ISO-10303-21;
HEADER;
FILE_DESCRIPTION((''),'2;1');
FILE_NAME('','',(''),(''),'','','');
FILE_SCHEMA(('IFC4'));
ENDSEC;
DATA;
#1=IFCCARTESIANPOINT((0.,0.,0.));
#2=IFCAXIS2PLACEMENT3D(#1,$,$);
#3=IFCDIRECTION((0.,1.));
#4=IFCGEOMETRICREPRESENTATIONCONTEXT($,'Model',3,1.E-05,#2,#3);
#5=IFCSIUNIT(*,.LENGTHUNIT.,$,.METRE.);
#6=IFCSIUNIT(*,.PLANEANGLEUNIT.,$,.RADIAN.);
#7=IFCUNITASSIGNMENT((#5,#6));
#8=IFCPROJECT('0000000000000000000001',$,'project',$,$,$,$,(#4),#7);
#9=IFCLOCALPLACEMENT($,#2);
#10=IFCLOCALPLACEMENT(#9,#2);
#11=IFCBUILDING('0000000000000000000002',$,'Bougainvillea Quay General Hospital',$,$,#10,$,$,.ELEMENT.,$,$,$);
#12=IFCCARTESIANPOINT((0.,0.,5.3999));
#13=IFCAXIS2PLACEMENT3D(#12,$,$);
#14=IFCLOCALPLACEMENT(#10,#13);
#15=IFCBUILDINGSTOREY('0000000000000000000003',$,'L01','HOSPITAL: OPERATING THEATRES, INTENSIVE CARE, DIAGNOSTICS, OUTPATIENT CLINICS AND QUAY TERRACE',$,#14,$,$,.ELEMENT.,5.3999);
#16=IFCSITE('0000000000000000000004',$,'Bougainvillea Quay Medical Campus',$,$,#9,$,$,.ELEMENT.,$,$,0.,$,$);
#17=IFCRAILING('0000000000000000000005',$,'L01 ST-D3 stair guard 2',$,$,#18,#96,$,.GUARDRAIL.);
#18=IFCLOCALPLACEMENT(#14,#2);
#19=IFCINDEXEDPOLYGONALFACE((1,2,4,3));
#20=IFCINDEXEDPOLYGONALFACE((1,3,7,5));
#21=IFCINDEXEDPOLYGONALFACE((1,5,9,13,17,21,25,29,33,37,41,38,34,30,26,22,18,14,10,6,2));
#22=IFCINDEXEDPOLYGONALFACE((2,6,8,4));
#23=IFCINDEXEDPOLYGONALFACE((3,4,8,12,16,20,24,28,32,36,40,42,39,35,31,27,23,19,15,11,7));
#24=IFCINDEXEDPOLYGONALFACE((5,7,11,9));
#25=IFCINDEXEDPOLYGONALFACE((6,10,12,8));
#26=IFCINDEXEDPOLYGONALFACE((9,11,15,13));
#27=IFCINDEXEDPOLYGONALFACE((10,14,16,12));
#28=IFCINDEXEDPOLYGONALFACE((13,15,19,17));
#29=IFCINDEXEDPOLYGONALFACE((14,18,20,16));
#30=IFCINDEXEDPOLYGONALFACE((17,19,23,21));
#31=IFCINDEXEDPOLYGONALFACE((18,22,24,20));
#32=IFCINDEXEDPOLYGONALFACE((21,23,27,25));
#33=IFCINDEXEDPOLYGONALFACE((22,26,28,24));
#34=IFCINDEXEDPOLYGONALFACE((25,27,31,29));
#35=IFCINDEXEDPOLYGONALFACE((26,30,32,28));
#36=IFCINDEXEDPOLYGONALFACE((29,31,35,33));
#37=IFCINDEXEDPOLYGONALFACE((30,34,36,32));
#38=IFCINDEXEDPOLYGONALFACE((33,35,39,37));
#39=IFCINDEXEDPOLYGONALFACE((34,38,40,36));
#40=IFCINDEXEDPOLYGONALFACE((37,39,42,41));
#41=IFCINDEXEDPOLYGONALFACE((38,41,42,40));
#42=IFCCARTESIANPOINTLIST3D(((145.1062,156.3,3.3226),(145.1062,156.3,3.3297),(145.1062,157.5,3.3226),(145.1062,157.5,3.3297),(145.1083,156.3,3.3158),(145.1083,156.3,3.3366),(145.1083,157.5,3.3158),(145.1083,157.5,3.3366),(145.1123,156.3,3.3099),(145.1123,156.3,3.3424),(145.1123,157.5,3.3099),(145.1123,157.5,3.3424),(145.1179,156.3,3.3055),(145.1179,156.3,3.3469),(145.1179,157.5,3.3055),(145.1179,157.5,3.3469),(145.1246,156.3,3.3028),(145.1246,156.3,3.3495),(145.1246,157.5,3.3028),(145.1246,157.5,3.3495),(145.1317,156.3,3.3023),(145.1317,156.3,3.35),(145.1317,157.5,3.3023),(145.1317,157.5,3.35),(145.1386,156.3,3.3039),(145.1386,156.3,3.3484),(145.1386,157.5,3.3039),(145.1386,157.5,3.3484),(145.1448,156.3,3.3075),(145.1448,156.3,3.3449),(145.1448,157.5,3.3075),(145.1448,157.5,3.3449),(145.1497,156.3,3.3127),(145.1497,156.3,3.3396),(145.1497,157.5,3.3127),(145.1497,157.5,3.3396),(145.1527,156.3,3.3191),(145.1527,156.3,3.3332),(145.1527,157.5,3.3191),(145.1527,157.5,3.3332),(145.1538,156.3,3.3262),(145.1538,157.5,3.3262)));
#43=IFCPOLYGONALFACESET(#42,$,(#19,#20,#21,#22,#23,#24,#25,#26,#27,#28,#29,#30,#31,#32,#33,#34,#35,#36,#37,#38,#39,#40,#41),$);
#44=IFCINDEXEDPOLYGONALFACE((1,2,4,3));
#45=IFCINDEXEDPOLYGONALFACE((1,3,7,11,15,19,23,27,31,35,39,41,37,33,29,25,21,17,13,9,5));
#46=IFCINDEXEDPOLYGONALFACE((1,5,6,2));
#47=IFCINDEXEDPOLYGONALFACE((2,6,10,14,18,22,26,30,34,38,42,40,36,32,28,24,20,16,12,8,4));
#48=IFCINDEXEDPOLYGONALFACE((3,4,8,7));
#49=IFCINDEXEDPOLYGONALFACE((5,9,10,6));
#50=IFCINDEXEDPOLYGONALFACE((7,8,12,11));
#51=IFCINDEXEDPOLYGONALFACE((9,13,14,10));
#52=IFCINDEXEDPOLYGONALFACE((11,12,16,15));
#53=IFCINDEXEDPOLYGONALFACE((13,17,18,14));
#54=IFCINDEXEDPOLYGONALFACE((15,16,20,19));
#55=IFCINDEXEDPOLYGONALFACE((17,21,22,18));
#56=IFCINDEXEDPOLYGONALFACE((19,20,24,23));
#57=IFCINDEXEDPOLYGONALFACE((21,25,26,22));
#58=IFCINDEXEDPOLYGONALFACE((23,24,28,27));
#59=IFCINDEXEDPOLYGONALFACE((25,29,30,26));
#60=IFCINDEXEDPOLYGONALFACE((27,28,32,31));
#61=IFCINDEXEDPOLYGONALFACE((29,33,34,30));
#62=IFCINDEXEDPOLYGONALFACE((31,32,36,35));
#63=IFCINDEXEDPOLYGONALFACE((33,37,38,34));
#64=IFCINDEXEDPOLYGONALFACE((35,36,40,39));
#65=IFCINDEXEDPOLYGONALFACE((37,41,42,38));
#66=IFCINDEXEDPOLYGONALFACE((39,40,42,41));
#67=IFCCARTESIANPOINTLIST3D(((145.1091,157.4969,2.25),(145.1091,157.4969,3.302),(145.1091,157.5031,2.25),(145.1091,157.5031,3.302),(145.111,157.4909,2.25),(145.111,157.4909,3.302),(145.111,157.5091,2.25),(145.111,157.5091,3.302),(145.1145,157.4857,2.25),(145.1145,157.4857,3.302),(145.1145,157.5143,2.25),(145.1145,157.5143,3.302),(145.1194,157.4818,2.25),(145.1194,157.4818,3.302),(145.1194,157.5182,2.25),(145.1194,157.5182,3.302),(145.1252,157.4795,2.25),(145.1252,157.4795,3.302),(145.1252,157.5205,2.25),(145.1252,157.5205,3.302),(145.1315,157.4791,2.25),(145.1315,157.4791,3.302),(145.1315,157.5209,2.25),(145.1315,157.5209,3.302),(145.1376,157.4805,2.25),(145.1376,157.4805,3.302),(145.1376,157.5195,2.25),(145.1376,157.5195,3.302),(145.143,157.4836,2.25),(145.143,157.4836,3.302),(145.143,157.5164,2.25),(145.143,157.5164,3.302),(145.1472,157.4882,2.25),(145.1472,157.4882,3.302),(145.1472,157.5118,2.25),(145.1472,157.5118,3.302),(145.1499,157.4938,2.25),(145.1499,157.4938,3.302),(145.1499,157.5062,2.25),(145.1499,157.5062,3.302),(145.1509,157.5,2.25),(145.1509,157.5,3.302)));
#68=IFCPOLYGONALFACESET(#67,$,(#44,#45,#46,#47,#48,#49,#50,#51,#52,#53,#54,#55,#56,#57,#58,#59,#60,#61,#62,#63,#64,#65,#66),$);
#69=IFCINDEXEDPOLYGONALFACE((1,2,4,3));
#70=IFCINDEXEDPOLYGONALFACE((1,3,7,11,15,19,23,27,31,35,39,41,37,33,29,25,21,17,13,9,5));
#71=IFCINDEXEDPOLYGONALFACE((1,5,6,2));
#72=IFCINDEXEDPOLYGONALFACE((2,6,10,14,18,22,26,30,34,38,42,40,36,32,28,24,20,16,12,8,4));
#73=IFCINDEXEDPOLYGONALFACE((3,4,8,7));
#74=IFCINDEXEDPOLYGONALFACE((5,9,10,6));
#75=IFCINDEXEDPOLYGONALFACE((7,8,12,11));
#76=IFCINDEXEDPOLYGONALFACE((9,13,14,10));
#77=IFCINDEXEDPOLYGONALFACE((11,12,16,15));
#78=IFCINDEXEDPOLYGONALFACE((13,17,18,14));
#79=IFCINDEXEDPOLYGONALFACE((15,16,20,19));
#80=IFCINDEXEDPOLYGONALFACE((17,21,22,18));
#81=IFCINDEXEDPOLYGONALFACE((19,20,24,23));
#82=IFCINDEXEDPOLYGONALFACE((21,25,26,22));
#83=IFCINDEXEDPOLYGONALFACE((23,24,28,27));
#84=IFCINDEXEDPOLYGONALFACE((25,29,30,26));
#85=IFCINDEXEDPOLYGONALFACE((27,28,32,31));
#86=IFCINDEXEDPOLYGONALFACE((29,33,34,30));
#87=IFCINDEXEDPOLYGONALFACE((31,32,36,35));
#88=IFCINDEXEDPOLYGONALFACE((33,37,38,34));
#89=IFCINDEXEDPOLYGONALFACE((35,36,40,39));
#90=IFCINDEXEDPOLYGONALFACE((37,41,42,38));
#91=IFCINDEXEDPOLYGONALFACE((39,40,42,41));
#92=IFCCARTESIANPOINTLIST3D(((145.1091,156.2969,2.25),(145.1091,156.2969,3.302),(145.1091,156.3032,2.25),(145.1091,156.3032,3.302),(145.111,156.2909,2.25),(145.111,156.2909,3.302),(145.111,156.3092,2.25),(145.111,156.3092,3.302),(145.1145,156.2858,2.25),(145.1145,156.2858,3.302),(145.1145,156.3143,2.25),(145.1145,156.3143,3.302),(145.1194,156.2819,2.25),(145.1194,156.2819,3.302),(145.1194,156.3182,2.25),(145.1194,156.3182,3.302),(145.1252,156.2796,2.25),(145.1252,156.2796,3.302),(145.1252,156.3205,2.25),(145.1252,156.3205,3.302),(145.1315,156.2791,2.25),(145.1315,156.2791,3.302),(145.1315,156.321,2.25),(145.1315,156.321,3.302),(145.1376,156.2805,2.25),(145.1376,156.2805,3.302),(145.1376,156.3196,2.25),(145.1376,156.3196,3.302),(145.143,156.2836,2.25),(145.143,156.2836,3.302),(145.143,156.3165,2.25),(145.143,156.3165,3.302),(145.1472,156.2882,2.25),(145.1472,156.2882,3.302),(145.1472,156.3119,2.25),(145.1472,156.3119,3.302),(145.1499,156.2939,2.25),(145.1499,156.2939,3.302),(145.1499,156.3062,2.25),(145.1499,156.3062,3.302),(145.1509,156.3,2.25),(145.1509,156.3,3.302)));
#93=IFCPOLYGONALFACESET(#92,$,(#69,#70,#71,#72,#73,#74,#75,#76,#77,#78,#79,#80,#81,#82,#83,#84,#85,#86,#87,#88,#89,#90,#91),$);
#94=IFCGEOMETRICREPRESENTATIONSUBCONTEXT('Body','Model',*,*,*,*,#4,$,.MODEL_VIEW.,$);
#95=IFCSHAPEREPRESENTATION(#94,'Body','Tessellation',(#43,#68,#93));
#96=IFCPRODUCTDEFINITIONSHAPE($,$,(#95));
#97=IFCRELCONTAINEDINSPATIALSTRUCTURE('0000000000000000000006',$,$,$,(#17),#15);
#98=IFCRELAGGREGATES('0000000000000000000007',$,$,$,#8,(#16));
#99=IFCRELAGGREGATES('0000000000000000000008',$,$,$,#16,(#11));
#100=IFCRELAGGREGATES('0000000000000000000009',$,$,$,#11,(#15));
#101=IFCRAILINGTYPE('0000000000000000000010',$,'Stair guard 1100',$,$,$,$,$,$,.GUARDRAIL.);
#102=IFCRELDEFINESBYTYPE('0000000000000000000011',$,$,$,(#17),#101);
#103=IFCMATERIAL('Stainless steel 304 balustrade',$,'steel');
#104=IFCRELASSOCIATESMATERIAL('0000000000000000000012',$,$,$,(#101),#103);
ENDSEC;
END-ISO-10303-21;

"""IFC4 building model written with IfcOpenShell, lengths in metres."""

from ifc_helpers import new_model, si_unit, direction, frame, origin, origin_2d, place, context, subcontext, project, spatial, circle, extrude, material, type_object, element, save


model = new_model("IFC4")

# Units and contexts
model_context = context("Model", 3, precision=1e-05, world=origin(), true_north=direction((0.0, 1.0)))
body_context = subcontext(model_context, "Body", "Model", "MODEL_VIEW")
ifc_project = project(units=[si_unit("LENGTHUNIT", "METRE"), si_unit("PLANEANGLEUNIT", "RADIAN")], contexts=[model_context])

# Site, building, storey
site_placement = place(None, origin())
site = spatial("IfcSite", under=ifc_project, at=site_placement, Name="Bougainvillea Quay Medical Campus", CompositionType="ELEMENT", RefElevation=0.0)
building_placement = place(site_placement, origin())
building = spatial("IfcBuilding", under=site, at=building_placement, Name="Bougainvillea Quay General Hospital", CompositionType="ELEMENT")
storey_placement = place(building_placement, frame((0.0, 0.0, 5.3999)))
storey = spatial("IfcBuildingStorey", under=building, at=storey_placement, Name="L01", Description="HOSPITAL: OPERATING THEATRES, INTENSIVE CARE, DIAGNOSTICS, OUTPATIENT CLINICS AND QUAY TERRACE", CompositionType="ELEMENT", Elevation=5.3999)

# Railing
ifc_material_1 = material(Name="Stainless steel 304 balustrade", Category="steel")
railing_type_1 = type_object("IfcRailingType", Name="Stair guard 1100", PredefinedType="GUARDRAIL", material=ifc_material_1)
railing_1_placement = place(storey_placement, frame((145.1299, 157.5, 2.25)))
element("IfcRailing", 1, at=railing_1_placement, inside=storey, type_object=railing_type_1, Name="L01 ST-D3 stair guard 2", PredefinedType="GUARDRAIL", context=body_context, shape_type="SweptSolid", body=[
    extrude(circle(Radius=0.0239, at=origin_2d()), frame((0.0, 0.0, 1.0762), z_axis=(0.0, -1.0, 0.0), x_axis=(1.0, 0.0, 0.0)), (0.0, 0.0, 1.0), 1.2),
    extrude(circle(Radius=0.021, at=origin_2d()), origin(), (0.0, 0.0, 1.0), 1.052),
    extrude(circle(Radius=0.021, at=origin_2d()), frame((0.0, -1.2, 0.0)), (0.0, 0.0, 1.0), 1.052),
])

save(model, "model.ifc")
